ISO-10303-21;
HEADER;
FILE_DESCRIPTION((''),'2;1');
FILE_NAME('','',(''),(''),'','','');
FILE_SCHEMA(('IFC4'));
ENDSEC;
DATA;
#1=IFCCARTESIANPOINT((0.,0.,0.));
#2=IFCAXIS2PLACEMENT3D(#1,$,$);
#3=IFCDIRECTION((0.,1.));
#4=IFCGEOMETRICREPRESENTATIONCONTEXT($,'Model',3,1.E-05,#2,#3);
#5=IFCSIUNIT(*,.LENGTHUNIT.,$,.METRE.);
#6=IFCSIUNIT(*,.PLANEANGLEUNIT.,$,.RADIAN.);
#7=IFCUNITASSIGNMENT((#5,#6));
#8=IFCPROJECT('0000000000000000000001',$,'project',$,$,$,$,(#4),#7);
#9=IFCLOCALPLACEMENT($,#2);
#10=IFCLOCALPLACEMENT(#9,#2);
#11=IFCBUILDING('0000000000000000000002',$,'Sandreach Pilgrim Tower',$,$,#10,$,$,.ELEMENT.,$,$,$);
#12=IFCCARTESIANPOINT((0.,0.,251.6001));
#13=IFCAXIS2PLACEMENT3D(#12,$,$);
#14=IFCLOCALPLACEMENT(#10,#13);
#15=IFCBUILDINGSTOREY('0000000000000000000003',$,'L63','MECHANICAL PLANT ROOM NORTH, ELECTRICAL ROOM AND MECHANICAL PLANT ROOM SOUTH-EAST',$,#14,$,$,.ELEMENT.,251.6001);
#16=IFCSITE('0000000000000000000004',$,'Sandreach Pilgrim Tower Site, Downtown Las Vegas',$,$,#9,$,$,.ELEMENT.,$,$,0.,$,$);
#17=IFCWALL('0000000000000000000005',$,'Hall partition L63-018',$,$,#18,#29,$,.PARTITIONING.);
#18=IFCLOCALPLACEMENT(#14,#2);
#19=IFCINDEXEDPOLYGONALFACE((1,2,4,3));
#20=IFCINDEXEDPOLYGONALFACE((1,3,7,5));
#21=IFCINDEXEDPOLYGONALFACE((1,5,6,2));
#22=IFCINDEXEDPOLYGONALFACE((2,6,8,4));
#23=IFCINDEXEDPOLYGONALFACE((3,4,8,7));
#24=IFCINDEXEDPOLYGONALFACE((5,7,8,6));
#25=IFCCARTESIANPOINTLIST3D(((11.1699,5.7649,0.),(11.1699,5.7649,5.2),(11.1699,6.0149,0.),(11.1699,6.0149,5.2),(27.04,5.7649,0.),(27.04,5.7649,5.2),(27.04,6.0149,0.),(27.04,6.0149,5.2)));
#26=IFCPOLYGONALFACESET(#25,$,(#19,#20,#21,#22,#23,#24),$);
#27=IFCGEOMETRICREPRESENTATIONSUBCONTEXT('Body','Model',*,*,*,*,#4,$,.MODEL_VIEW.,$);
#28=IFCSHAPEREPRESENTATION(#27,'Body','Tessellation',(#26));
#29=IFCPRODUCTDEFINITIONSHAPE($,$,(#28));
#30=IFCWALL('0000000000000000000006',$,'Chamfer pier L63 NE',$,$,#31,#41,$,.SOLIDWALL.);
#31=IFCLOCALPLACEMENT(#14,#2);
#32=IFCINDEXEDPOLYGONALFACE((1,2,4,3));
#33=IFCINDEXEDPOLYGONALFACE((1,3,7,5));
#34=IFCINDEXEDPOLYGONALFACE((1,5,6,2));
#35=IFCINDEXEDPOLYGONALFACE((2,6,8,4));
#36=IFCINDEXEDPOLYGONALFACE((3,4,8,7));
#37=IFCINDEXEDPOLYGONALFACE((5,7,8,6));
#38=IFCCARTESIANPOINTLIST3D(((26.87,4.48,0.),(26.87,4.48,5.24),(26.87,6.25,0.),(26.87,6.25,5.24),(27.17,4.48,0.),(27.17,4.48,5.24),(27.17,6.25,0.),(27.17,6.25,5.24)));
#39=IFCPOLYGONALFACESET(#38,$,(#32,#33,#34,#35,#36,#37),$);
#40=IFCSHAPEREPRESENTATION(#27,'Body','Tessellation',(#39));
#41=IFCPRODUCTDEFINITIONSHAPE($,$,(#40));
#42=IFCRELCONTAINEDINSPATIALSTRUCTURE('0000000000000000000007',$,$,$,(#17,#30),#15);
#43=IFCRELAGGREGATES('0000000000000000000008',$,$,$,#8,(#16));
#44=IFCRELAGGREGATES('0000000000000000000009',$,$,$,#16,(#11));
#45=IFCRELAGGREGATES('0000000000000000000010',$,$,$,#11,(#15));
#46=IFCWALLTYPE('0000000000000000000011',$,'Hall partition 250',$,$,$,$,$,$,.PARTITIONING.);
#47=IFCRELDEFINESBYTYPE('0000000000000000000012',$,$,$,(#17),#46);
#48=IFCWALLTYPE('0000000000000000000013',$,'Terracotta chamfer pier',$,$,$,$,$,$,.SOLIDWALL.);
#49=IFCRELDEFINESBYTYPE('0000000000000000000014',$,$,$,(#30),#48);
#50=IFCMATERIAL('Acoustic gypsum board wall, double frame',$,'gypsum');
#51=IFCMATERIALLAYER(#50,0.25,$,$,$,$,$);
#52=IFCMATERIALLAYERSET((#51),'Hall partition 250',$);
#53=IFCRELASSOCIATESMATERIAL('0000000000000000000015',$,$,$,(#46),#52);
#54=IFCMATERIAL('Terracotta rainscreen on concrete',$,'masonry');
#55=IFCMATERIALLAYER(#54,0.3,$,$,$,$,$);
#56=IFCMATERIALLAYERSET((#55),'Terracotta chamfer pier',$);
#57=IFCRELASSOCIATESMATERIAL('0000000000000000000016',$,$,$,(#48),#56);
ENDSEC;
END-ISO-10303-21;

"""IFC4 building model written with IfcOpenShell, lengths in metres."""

from ifc_helpers import new_model, si_unit, direction, frame, frame_2d, origin, place, context, subcontext, project, spatial, rectangle, extrude, material, layer, layer_set, type_object, element, save


model = new_model("IFC4")

# Units and contexts
model_context = context("Model", 3, precision=1e-05, world=origin(), true_north=direction((0.0, 1.0)))
body_context = subcontext(model_context, "Body", "Model", "MODEL_VIEW")
ifc_project = project(units=[si_unit("LENGTHUNIT", "METRE"), si_unit("PLANEANGLEUNIT", "RADIAN")], contexts=[model_context])

# Site, building, storey
site_placement = place(None, origin())
site = spatial("IfcSite", under=ifc_project, at=site_placement, Name="Sandreach Pilgrim Tower Site, Downtown Las Vegas", CompositionType="ELEMENT", RefElevation=0.0)
building_placement = place(site_placement, origin())
building = spatial("IfcBuilding", under=site, at=building_placement, Name="Sandreach Pilgrim Tower", CompositionType="ELEMENT")
storey_placement = place(building_placement, frame((0.0, 0.0, 251.6001)))
storey = spatial("IfcBuildingStorey", under=building, at=storey_placement, Name="L63", Description="MECHANICAL PLANT ROOM NORTH, ELECTRICAL ROOM AND MECHANICAL PLANT ROOM SOUTH-EAST", CompositionType="ELEMENT", Elevation=251.6001)

# Walls
ifc_material_1 = material(Name="Acoustic gypsum board wall, double frame", Category="gypsum")
ifc_layer_1 = layer(ifc_material_1, 0.25)
ifc_layer_set_1 = layer_set([ifc_layer_1], Name="Hall partition 250")
wall_type_1 = type_object("IfcWallType", Name="Hall partition 250", PredefinedType="PARTITIONING", material=ifc_layer_set_1)
wall_1_placement = place(storey_placement, frame((27.04, 5.8899, 0.0), z_axis=(0.0, 0.0, 1.0), x_axis=(-1.0, 0.0, 0.0)))
element("IfcWall", 1, at=wall_1_placement, inside=storey, type_object=wall_type_1, Name="Hall partition L63-018", PredefinedType="PARTITIONING", context=body_context, shape_type="SweptSolid", body=[
    extrude(rectangle(XDim=15.8701, YDim=0.25, at=frame_2d((7.9351, 0.0))), origin(), (0.0, 0.0, 1.0), 5.2),
])
ifc_material_2 = material(Name="Terracotta rainscreen on concrete", Category="masonry")
ifc_layer_2 = layer(ifc_material_2, 0.3)
ifc_layer_set_2 = layer_set([ifc_layer_2], Name="Terracotta chamfer pier")
wall_type_2 = type_object("IfcWallType", Name="Terracotta chamfer pier", PredefinedType="SOLIDWALL", material=ifc_layer_set_2)
wall_2_placement = place(storey_placement, frame((27.02, 6.25, 0.0), z_axis=(0.0, 0.0, 1.0), x_axis=(0.0, -1.0, 0.0)))
element("IfcWall", 2, at=wall_2_placement, inside=storey, type_object=wall_type_2, Name="Chamfer pier L63 NE", PredefinedType="SOLIDWALL", context=body_context, shape_type="SweptSolid", body=[
    extrude(rectangle(XDim=1.77, YDim=0.3, at=frame_2d((0.885, 0.0))), origin(), (0.0, 0.0, 1.0), 5.24),
])

save(model, "model.ifc")
